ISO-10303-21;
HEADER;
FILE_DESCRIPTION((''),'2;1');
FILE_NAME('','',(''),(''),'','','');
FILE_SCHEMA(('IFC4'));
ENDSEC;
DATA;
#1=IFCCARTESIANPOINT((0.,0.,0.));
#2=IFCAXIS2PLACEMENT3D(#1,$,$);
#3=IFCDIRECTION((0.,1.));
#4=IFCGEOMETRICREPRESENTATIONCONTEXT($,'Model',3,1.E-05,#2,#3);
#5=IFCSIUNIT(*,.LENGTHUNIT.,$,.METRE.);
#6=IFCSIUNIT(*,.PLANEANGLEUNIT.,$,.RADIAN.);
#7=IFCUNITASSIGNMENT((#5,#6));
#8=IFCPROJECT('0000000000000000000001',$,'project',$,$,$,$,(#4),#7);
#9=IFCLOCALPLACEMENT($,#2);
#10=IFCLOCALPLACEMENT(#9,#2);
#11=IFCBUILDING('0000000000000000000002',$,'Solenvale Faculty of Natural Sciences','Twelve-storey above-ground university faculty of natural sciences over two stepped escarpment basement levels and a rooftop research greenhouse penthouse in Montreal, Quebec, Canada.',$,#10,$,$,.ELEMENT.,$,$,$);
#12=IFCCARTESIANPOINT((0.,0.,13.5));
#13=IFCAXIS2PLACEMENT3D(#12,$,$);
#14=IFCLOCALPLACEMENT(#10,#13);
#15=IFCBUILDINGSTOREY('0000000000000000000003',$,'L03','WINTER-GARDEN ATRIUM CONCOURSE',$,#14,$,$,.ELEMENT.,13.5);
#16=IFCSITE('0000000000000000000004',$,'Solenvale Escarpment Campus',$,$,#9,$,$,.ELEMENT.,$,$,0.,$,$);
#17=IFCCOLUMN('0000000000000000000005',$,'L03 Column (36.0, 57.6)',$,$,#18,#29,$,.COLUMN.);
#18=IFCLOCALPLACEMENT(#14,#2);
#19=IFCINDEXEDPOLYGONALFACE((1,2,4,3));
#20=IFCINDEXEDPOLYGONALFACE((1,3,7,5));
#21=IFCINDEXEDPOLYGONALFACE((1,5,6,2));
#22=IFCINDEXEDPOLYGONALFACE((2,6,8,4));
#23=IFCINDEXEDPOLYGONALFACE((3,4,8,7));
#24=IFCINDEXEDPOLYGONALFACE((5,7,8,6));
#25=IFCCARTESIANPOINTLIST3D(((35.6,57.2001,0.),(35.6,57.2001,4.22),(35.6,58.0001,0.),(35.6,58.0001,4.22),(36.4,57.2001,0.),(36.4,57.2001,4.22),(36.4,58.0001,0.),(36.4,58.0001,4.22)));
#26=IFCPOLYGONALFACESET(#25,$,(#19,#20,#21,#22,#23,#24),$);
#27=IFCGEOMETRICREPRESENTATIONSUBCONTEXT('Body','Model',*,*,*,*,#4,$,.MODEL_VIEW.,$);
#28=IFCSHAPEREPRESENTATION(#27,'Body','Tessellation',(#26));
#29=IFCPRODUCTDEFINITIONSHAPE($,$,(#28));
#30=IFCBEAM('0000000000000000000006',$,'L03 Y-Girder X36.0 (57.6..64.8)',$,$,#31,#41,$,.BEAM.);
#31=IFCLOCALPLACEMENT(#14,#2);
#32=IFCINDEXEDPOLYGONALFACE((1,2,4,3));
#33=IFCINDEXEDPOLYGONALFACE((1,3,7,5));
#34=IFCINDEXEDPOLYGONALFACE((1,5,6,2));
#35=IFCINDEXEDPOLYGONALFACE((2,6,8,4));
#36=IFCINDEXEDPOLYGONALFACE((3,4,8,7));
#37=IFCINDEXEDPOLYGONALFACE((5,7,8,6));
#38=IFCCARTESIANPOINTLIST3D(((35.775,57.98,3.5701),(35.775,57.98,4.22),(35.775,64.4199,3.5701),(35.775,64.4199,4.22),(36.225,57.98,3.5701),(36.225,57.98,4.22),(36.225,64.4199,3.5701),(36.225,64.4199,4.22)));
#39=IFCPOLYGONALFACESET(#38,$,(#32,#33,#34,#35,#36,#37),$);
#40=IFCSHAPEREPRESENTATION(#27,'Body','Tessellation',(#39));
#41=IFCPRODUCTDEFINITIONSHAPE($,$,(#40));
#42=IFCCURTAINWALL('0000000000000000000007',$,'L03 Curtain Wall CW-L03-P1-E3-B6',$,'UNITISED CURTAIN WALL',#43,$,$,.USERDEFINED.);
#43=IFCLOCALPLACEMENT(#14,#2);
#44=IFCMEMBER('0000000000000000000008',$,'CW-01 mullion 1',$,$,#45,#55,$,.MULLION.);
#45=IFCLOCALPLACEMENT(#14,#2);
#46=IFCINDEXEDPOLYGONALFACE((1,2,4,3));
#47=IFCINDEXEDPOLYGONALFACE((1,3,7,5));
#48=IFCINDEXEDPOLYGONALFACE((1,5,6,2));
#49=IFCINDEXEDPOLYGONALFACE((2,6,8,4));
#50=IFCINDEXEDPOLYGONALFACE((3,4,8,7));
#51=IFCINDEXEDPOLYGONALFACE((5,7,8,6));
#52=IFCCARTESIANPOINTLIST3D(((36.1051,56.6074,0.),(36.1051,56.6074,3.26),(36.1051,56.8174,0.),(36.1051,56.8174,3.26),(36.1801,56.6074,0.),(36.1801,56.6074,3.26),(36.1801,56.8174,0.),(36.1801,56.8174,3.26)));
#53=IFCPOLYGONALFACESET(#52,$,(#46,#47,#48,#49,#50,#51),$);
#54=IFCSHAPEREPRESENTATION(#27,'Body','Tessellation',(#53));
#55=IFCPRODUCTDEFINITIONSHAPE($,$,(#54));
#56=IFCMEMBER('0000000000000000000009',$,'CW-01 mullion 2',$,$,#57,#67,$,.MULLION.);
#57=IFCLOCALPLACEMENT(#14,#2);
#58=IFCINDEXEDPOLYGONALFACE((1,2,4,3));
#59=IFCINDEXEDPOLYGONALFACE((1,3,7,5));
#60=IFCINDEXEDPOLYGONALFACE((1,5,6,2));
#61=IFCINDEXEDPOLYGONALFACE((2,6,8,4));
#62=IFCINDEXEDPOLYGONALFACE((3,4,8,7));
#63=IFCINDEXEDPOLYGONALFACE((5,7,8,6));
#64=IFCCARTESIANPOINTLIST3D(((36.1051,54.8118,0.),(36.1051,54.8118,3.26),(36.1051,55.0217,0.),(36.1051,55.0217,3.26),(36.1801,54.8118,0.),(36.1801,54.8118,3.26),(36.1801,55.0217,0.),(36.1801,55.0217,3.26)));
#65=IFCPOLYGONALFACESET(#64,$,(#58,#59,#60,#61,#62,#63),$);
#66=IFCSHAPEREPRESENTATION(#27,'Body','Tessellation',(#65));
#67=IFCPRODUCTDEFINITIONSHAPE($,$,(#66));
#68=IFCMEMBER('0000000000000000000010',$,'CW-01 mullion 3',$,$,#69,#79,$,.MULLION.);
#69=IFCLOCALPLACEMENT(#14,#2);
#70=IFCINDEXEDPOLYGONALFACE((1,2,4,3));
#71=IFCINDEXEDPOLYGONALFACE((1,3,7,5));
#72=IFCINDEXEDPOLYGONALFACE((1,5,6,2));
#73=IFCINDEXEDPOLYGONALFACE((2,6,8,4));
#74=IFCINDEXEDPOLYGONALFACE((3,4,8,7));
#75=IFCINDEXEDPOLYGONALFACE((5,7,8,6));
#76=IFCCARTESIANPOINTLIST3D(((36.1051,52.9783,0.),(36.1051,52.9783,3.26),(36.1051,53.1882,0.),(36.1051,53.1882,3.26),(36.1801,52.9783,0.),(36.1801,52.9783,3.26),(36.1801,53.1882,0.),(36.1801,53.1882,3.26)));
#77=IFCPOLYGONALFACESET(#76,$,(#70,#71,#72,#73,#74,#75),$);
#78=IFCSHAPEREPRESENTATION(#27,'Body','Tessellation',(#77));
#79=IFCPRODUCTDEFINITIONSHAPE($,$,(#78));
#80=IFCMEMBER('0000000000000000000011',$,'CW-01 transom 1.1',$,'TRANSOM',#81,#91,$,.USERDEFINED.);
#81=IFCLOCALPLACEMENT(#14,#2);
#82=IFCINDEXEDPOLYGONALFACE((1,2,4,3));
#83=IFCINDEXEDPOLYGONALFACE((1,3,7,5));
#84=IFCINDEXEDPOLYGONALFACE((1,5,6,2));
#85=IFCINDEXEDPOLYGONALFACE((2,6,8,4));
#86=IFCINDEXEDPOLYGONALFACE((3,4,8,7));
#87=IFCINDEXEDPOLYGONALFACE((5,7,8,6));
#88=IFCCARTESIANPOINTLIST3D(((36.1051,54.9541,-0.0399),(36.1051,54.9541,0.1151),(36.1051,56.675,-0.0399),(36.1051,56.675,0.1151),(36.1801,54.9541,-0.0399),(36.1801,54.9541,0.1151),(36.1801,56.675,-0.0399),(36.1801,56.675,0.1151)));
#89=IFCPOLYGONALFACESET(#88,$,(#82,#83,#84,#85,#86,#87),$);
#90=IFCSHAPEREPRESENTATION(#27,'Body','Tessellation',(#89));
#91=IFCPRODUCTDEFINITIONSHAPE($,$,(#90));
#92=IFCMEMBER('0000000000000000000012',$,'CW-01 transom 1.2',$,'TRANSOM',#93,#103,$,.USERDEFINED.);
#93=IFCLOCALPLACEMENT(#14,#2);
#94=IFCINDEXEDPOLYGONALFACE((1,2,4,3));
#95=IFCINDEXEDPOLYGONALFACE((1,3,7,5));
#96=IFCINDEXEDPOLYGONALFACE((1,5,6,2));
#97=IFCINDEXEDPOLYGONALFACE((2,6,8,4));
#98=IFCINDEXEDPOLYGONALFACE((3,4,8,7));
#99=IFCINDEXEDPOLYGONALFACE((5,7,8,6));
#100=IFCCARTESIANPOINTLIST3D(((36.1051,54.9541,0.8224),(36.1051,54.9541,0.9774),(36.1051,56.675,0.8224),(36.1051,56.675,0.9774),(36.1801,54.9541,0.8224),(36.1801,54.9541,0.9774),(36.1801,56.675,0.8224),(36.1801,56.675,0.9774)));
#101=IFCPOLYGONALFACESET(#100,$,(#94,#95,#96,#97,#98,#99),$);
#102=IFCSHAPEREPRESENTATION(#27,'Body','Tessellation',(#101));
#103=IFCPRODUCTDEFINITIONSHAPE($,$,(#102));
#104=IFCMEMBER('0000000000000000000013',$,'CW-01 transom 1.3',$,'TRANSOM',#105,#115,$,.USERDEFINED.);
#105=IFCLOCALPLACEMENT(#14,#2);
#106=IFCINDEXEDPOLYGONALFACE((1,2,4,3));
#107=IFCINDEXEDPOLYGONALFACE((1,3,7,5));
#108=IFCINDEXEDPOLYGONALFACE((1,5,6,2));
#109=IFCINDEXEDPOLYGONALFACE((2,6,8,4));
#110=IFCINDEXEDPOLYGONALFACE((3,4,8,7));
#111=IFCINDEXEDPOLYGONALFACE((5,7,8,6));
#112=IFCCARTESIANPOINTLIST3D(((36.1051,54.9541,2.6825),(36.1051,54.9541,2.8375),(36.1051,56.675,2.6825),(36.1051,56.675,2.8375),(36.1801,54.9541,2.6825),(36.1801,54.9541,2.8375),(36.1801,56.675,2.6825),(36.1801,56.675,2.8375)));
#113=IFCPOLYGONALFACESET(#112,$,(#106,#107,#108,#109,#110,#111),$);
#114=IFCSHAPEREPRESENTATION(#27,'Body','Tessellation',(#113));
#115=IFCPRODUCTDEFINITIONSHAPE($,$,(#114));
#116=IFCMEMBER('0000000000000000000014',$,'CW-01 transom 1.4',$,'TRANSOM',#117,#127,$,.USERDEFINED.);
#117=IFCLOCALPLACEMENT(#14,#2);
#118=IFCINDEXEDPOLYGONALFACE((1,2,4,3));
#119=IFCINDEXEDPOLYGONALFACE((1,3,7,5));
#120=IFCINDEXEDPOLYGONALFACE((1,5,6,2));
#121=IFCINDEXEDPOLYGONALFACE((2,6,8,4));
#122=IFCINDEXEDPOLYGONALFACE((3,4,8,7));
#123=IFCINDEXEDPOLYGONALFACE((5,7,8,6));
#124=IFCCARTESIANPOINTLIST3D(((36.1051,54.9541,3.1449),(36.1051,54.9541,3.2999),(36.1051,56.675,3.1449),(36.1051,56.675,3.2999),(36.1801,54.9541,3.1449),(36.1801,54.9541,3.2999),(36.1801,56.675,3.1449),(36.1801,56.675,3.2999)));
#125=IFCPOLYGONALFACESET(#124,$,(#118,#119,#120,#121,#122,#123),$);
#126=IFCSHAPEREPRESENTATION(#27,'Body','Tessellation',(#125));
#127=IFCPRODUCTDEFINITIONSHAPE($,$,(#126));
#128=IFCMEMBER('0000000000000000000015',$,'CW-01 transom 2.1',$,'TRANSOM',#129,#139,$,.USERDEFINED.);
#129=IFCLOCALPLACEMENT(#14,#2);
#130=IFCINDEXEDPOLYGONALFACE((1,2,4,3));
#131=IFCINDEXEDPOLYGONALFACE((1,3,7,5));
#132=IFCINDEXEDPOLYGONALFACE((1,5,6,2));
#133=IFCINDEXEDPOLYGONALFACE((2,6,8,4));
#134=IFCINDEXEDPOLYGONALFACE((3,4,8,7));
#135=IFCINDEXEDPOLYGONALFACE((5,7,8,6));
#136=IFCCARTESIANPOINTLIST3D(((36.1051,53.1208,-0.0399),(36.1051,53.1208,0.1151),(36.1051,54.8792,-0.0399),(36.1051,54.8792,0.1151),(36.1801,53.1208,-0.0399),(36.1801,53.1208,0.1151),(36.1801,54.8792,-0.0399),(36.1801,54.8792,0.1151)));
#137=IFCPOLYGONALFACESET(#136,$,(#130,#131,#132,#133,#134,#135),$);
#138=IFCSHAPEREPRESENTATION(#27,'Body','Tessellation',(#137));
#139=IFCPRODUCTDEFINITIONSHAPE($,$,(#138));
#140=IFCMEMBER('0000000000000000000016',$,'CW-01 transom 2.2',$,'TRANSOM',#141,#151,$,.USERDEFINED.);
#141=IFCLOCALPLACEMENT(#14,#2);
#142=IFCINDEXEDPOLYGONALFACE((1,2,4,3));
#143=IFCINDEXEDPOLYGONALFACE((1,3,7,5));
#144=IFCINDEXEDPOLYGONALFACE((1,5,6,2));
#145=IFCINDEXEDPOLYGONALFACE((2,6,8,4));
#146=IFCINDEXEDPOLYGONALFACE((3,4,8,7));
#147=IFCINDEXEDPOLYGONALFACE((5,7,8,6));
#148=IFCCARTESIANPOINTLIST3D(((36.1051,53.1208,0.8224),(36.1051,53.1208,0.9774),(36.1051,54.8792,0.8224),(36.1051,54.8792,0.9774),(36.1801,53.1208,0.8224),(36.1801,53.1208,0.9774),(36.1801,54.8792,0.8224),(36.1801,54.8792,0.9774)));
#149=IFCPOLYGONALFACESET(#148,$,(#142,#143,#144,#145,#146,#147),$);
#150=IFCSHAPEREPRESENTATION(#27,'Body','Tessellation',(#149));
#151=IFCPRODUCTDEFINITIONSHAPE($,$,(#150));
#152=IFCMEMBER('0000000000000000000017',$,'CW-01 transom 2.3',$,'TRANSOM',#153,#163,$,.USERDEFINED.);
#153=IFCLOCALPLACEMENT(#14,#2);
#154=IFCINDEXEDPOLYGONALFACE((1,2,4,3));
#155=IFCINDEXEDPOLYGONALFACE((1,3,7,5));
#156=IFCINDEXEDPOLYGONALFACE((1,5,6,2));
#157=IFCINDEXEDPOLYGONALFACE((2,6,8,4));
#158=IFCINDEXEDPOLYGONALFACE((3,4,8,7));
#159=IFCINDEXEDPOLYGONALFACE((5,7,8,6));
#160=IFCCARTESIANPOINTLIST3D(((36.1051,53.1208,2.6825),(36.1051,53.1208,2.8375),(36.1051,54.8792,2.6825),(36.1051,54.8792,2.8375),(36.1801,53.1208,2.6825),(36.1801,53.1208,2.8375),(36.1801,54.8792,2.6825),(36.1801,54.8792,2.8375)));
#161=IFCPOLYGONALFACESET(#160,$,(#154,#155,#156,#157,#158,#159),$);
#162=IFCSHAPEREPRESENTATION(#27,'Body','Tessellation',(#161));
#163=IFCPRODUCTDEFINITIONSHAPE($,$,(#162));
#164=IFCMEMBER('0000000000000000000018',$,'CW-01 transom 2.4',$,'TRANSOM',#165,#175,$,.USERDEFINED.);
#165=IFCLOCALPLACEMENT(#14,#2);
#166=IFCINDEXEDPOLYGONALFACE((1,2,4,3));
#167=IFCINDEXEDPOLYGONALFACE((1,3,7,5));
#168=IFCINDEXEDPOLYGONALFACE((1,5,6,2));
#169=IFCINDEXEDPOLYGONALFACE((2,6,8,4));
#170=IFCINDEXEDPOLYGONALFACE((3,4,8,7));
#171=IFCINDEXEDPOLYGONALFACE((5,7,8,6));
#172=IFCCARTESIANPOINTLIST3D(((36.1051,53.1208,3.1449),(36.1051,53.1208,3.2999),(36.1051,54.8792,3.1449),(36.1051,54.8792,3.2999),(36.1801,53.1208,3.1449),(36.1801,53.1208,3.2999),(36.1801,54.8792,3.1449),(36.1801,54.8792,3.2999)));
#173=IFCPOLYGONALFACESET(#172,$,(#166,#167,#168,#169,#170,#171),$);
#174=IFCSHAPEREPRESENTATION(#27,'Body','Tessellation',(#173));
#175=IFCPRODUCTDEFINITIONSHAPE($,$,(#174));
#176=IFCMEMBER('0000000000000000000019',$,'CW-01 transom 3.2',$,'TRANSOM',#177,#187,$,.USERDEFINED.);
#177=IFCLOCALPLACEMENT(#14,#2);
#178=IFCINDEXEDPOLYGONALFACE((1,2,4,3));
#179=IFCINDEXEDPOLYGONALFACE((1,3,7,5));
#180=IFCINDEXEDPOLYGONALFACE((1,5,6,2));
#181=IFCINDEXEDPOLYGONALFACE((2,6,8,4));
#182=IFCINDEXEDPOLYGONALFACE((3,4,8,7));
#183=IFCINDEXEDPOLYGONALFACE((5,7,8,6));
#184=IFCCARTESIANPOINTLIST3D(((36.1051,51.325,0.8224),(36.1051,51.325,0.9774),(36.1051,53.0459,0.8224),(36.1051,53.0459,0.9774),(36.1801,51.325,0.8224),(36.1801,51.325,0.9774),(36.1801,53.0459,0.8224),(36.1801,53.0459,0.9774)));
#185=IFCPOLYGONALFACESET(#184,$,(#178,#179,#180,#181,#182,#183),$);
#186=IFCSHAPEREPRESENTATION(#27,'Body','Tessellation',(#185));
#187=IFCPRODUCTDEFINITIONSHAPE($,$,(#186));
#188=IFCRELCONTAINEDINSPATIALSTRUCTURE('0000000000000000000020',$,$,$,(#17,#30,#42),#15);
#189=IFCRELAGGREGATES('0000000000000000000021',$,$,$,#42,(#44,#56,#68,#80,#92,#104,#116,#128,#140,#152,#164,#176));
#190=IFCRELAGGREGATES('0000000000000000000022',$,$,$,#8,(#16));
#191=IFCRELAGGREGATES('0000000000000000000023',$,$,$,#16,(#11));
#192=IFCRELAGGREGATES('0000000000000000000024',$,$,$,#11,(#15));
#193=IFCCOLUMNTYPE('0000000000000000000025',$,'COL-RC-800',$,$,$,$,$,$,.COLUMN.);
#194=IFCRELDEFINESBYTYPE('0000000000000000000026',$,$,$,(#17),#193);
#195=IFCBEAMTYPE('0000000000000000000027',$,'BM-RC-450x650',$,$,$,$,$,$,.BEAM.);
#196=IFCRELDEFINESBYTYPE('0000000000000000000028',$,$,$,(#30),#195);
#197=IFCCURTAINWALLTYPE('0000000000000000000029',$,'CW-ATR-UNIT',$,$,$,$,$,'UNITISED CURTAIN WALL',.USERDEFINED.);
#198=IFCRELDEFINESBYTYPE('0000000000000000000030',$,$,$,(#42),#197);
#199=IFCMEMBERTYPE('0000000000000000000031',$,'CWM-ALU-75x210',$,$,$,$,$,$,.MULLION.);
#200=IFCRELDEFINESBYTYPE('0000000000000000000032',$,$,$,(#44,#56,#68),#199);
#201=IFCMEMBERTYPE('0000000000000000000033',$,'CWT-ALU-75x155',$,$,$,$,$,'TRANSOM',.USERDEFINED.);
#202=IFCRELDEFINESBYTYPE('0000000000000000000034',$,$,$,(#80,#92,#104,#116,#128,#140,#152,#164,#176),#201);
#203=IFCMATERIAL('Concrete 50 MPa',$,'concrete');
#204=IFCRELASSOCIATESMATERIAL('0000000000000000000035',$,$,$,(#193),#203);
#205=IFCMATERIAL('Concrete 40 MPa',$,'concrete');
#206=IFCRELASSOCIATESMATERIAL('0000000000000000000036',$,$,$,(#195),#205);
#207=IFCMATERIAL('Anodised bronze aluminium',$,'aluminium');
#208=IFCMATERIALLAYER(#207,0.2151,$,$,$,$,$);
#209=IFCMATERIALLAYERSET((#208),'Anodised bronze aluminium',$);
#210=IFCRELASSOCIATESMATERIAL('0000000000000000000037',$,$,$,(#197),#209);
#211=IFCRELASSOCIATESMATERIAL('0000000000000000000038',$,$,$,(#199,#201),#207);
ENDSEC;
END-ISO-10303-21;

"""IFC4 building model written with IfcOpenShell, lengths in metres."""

from ifc_helpers import new_model, si_unit, direction, frame, origin, origin_2d, place, context, subcontext, project, spatial, rectangle, extrude, material, layer, layer_set, material_profile, profile_set, type_object, element, aggregate, save


model = new_model("IFC4")

# Units and contexts
model_context = context("Model", 3, precision=1e-05, world=origin(), true_north=direction((0.0, 1.0)))
body_context = subcontext(model_context, "Body", "Model", "MODEL_VIEW")
ifc_project = project(units=[si_unit("LENGTHUNIT", "METRE"), si_unit("PLANEANGLEUNIT", "RADIAN")], contexts=[model_context])

# Site, building, storey
site_placement = place(None, origin())
site = spatial("IfcSite", under=ifc_project, at=site_placement, Name="Solenvale Escarpment Campus", CompositionType="ELEMENT", RefElevation=0.0)
building_placement = place(site_placement, origin())
building = spatial("IfcBuilding", under=site, at=building_placement, Name="Solenvale Faculty of Natural Sciences", Description="Twelve-storey above-ground university faculty of natural sciences over two stepped escarpment basement levels and a rooftop research greenhouse penthouse in Montreal, Quebec, Canada.", CompositionType="ELEMENT")
storey_placement = place(building_placement, frame((0.0, 0.0, 13.5)))
storey = spatial("IfcBuildingStorey", under=building, at=storey_placement, Name="L03", Description="WINTER-GARDEN ATRIUM CONCOURSE", CompositionType="ELEMENT", Elevation=13.5)

# Column
ifc_material_1 = material(Name="Concrete 50 MPa", Category="concrete")
ifc_material_profile_1 = material_profile(ifc_material_1, rectangle(XDim=0.8, YDim=0.8, at=origin_2d()), Name="RC-COL-800x800")
ifc_profile_set_1 = profile_set([ifc_material_profile_1], Name="Concrete 50 MPa")
column_type = type_object("IfcColumnType", Name="COL-RC-800", PredefinedType="COLUMN", material=ifc_profile_set_1)
column_placement = place(storey_placement, frame((36.0, 57.6001, 0.0), z_axis=(0.0, 0.0, 1.0), x_axis=(1.0, 0.0, 0.0)))
element("IfcColumn", 1, at=column_placement, inside=storey, type_object=column_type, Name="L03 Column (36.0, 57.6)", PredefinedType="COLUMN", context=body_context, shape_type="SweptSolid", body=[
    extrude(rectangle(XDim=0.8, YDim=0.8, at=origin_2d()), origin(), (0.0, 0.0, 1.0), 4.22),
])

# Beam
ifc_material_2 = material(Name="Concrete 40 MPa", Category="concrete")
ifc_material_profile_2 = material_profile(ifc_material_2, rectangle(XDim=0.45, YDim=0.6499, at=origin_2d()), Name="RC-BM-450x650")
ifc_profile_set_2 = profile_set([ifc_material_profile_2], Name="Concrete 40 MPa")
beam_type = type_object("IfcBeamType", Name="BM-RC-450x650", PredefinedType="BEAM", material=ifc_profile_set_2)
beam_placement = place(storey_placement, frame((36.0, 57.98, 3.895), z_axis=(0.0, 1.0, 0.0), x_axis=(-1.0, 0.0, 0.0)))
element("IfcBeam", 2, at=beam_placement, inside=storey, type_object=beam_type, Name="L03 Y-Girder X36.0 (57.6..64.8)", PredefinedType="BEAM", context=body_context, shape_type="SweptSolid", body=[
    extrude(rectangle(XDim=0.45, YDim=0.6499, at=origin_2d()), origin(), (0.0, 0.0, 1.0), 6.4399),
])

# Curtain wall, members
ifc_material_3 = material(Name="Anodised bronze aluminium", Category="aluminium")
ifc_layer_1 = layer(ifc_material_3, 0.2151)
ifc_layer_set_1 = layer_set([ifc_layer_1], Name="Anodised bronze aluminium")
curtain_wall_type = type_object("IfcCurtainWallType", Name="CW-ATR-UNIT", ElementType="UNITISED CURTAIN WALL", PredefinedType="USERDEFINED", material=ifc_layer_set_1)
curtain_wall_placement = place(storey_placement, origin())
curtain_wall = element("IfcCurtainWall", 3, at=curtain_wall_placement, inside=storey, type_object=curtain_wall_type, Name="L03 Curtain Wall CW-L03-P1-E3-B6", ObjectType="UNITISED CURTAIN WALL", PredefinedType="USERDEFINED")
ifc_material_profile_3 = material_profile(ifc_material_3, rectangle(XDim=0.075, YDim=0.21, at=origin_2d()), Name="ALU-MUL-75x210")
ifc_profile_set_3 = profile_set([ifc_material_profile_3], Name="Anodised bronze aluminium")
member_type_1 = type_object("IfcMemberType", Name="CWM-ALU-75x210", PredefinedType="MULLION", material=ifc_profile_set_3)
member_1_placement = place(storey_placement, frame((36.1426, 56.7124, 0.0), z_axis=(0.0, 0.0, 1.0), x_axis=(1.0, 0.0, 0.0)))
member_1 = element("IfcMember", 4, at=member_1_placement, type_object=member_type_1, Name="CW-01 mullion 1", PredefinedType="MULLION", context=body_context, shape_type="SweptSolid", body=[
    extrude(rectangle(XDim=0.075, YDim=0.21, at=origin_2d()), origin(), (0.0, 0.0, 1.0), 3.26),
])
member_2_placement = place(storey_placement, frame((36.1426, 54.9167, 0.0), z_axis=(0.0, 0.0, 1.0), x_axis=(1.0, 0.0, 0.0)))
member_2 = element("IfcMember", 5, at=member_2_placement, type_object=member_type_1, Name="CW-01 mullion 2", PredefinedType="MULLION", context=body_context, shape_type="SweptSolid", body=[
    extrude(rectangle(XDim=0.075, YDim=0.21, at=origin_2d()), origin(), (0.0, 0.0, 1.0), 3.26),
])
member_3_placement = place(storey_placement, frame((36.1426, 53.0833, 0.0), z_axis=(0.0, 0.0, 1.0), x_axis=(1.0, 0.0, 0.0)))
member_3 = element("IfcMember", 6, at=member_3_placement, type_object=member_type_1, Name="CW-01 mullion 3", PredefinedType="MULLION", context=body_context, shape_type="SweptSolid", body=[
    extrude(rectangle(XDim=0.075, YDim=0.21, at=origin_2d()), origin(), (0.0, 0.0, 1.0), 3.26),
])
ifc_material_profile_4 = material_profile(ifc_material_3, rectangle(XDim=0.075, YDim=0.155, at=origin_2d()), Name="ALU-TRN-75x155")
ifc_profile_set_4 = profile_set([ifc_material_profile_4], Name="Anodised bronze aluminium")
member_type_2 = type_object("IfcMemberType", Name="CWT-ALU-75x155", ElementType="TRANSOM", PredefinedType="USERDEFINED", material=ifc_profile_set_4)
member_4_placement = place(storey_placement, frame((36.1426, 56.675, 0.0376), z_axis=(0.0, -1.0, 0.0), x_axis=(1.0, 0.0, 0.0)))
member_4 = element("IfcMember", 7, at=member_4_placement, type_object=member_type_2, Name="CW-01 transom 1.1", ObjectType="TRANSOM", PredefinedType="USERDEFINED", context=body_context, shape_type="SweptSolid", body=[
    extrude(rectangle(XDim=0.075, YDim=0.155, at=origin_2d()), origin(), (0.0, 0.0, 1.0), 1.7209),
])
member_5_placement = place(storey_placement, frame((36.1426, 56.675, 0.8999), z_axis=(0.0, -1.0, 0.0), x_axis=(1.0, 0.0, 0.0)))
member_5 = element("IfcMember", 8, at=member_5_placement, type_object=member_type_2, Name="CW-01 transom 1.2", ObjectType="TRANSOM", PredefinedType="USERDEFINED", context=body_context, shape_type="SweptSolid", body=[
    extrude(rectangle(XDim=0.075, YDim=0.155, at=origin_2d()), origin(), (0.0, 0.0, 1.0), 1.7209),
])
member_6_placement = place(storey_placement, frame((36.1426, 56.675, 2.76), z_axis=(0.0, -1.0, 0.0), x_axis=(1.0, 0.0, 0.0)))
member_6 = element("IfcMember", 9, at=member_6_placement, type_object=member_type_2, Name="CW-01 transom 1.3", ObjectType="TRANSOM", PredefinedType="USERDEFINED", context=body_context, shape_type="SweptSolid", body=[
    extrude(rectangle(XDim=0.075, YDim=0.155, at=origin_2d()), origin(), (0.0, 0.0, 1.0), 1.7209),
])
member_7_placement = place(storey_placement, frame((36.1426, 56.675, 3.2224), z_axis=(0.0, -1.0, 0.0), x_axis=(1.0, 0.0, 0.0)))
member_7 = element("IfcMember", 10, at=member_7_placement, type_object=member_type_2, Name="CW-01 transom 1.4", ObjectType="TRANSOM", PredefinedType="USERDEFINED", context=body_context, shape_type="SweptSolid", body=[
    extrude(rectangle(XDim=0.075, YDim=0.155, at=origin_2d()), origin(), (0.0, 0.0, 1.0), 1.7209),
])
member_8_placement = place(storey_placement, frame((36.1426, 54.8792, 0.0376), z_axis=(0.0, -1.0, 0.0), x_axis=(1.0, 0.0, 0.0)))
member_8 = element("IfcMember", 11, at=member_8_placement, type_object=member_type_2, Name="CW-01 transom 2.1", ObjectType="TRANSOM", PredefinedType="USERDEFINED", context=body_context, shape_type="SweptSolid", body=[
    extrude(rectangle(XDim=0.075, YDim=0.155, at=origin_2d()), origin(), (0.0, 0.0, 1.0), 1.7583),
])
member_9_placement = place(storey_placement, frame((36.1426, 54.8792, 0.8999), z_axis=(0.0, -1.0, 0.0), x_axis=(1.0, 0.0, 0.0)))
member_9 = element("IfcMember", 12, at=member_9_placement, type_object=member_type_2, Name="CW-01 transom 2.2", ObjectType="TRANSOM", PredefinedType="USERDEFINED", context=body_context, shape_type="SweptSolid", body=[
    extrude(rectangle(XDim=0.075, YDim=0.155, at=origin_2d()), origin(), (0.0, 0.0, 1.0), 1.7583),
])
member_10_placement = place(storey_placement, frame((36.1426, 54.8792, 2.76), z_axis=(0.0, -1.0, 0.0), x_axis=(1.0, 0.0, 0.0)))
member_10 = element("IfcMember", 13, at=member_10_placement, type_object=member_type_2, Name="CW-01 transom 2.3", ObjectType="TRANSOM", PredefinedType="USERDEFINED", context=body_context, shape_type="SweptSolid", body=[
    extrude(rectangle(XDim=0.075, YDim=0.155, at=origin_2d()), origin(), (0.0, 0.0, 1.0), 1.7583),
])
member_11_placement = place(storey_placement, frame((36.1426, 54.8792, 3.2224), z_axis=(0.0, -1.0, 0.0), x_axis=(1.0, 0.0, 0.0)))
member_11 = element("IfcMember", 14, at=member_11_placement, type_object=member_type_2, Name="CW-01 transom 2.4", ObjectType="TRANSOM", PredefinedType="USERDEFINED", context=body_context, shape_type="SweptSolid", body=[
    extrude(rectangle(XDim=0.075, YDim=0.155, at=origin_2d()), origin(), (0.0, 0.0, 1.0), 1.7583),
])
member_12_placement = place(storey_placement, frame((36.1426, 53.0459, 0.8999), z_axis=(0.0, -1.0, 0.0), x_axis=(1.0, 0.0, 0.0)))
member_12 = element("IfcMember", 15, at=member_12_placement, type_object=member_type_2, Name="CW-01 transom 3.2", ObjectType="TRANSOM", PredefinedType="USERDEFINED", context=body_context, shape_type="SweptSolid", body=[
    extrude(rectangle(XDim=0.075, YDim=0.155, at=origin_2d()), origin(), (0.0, 0.0, 1.0), 1.7209),
])
aggregate(curtain_wall, [member_1, member_2, member_3, member_4, member_5, member_6, member_7, member_8, member_9, member_10, member_11, member_12])

save(model, "model.ifc")
